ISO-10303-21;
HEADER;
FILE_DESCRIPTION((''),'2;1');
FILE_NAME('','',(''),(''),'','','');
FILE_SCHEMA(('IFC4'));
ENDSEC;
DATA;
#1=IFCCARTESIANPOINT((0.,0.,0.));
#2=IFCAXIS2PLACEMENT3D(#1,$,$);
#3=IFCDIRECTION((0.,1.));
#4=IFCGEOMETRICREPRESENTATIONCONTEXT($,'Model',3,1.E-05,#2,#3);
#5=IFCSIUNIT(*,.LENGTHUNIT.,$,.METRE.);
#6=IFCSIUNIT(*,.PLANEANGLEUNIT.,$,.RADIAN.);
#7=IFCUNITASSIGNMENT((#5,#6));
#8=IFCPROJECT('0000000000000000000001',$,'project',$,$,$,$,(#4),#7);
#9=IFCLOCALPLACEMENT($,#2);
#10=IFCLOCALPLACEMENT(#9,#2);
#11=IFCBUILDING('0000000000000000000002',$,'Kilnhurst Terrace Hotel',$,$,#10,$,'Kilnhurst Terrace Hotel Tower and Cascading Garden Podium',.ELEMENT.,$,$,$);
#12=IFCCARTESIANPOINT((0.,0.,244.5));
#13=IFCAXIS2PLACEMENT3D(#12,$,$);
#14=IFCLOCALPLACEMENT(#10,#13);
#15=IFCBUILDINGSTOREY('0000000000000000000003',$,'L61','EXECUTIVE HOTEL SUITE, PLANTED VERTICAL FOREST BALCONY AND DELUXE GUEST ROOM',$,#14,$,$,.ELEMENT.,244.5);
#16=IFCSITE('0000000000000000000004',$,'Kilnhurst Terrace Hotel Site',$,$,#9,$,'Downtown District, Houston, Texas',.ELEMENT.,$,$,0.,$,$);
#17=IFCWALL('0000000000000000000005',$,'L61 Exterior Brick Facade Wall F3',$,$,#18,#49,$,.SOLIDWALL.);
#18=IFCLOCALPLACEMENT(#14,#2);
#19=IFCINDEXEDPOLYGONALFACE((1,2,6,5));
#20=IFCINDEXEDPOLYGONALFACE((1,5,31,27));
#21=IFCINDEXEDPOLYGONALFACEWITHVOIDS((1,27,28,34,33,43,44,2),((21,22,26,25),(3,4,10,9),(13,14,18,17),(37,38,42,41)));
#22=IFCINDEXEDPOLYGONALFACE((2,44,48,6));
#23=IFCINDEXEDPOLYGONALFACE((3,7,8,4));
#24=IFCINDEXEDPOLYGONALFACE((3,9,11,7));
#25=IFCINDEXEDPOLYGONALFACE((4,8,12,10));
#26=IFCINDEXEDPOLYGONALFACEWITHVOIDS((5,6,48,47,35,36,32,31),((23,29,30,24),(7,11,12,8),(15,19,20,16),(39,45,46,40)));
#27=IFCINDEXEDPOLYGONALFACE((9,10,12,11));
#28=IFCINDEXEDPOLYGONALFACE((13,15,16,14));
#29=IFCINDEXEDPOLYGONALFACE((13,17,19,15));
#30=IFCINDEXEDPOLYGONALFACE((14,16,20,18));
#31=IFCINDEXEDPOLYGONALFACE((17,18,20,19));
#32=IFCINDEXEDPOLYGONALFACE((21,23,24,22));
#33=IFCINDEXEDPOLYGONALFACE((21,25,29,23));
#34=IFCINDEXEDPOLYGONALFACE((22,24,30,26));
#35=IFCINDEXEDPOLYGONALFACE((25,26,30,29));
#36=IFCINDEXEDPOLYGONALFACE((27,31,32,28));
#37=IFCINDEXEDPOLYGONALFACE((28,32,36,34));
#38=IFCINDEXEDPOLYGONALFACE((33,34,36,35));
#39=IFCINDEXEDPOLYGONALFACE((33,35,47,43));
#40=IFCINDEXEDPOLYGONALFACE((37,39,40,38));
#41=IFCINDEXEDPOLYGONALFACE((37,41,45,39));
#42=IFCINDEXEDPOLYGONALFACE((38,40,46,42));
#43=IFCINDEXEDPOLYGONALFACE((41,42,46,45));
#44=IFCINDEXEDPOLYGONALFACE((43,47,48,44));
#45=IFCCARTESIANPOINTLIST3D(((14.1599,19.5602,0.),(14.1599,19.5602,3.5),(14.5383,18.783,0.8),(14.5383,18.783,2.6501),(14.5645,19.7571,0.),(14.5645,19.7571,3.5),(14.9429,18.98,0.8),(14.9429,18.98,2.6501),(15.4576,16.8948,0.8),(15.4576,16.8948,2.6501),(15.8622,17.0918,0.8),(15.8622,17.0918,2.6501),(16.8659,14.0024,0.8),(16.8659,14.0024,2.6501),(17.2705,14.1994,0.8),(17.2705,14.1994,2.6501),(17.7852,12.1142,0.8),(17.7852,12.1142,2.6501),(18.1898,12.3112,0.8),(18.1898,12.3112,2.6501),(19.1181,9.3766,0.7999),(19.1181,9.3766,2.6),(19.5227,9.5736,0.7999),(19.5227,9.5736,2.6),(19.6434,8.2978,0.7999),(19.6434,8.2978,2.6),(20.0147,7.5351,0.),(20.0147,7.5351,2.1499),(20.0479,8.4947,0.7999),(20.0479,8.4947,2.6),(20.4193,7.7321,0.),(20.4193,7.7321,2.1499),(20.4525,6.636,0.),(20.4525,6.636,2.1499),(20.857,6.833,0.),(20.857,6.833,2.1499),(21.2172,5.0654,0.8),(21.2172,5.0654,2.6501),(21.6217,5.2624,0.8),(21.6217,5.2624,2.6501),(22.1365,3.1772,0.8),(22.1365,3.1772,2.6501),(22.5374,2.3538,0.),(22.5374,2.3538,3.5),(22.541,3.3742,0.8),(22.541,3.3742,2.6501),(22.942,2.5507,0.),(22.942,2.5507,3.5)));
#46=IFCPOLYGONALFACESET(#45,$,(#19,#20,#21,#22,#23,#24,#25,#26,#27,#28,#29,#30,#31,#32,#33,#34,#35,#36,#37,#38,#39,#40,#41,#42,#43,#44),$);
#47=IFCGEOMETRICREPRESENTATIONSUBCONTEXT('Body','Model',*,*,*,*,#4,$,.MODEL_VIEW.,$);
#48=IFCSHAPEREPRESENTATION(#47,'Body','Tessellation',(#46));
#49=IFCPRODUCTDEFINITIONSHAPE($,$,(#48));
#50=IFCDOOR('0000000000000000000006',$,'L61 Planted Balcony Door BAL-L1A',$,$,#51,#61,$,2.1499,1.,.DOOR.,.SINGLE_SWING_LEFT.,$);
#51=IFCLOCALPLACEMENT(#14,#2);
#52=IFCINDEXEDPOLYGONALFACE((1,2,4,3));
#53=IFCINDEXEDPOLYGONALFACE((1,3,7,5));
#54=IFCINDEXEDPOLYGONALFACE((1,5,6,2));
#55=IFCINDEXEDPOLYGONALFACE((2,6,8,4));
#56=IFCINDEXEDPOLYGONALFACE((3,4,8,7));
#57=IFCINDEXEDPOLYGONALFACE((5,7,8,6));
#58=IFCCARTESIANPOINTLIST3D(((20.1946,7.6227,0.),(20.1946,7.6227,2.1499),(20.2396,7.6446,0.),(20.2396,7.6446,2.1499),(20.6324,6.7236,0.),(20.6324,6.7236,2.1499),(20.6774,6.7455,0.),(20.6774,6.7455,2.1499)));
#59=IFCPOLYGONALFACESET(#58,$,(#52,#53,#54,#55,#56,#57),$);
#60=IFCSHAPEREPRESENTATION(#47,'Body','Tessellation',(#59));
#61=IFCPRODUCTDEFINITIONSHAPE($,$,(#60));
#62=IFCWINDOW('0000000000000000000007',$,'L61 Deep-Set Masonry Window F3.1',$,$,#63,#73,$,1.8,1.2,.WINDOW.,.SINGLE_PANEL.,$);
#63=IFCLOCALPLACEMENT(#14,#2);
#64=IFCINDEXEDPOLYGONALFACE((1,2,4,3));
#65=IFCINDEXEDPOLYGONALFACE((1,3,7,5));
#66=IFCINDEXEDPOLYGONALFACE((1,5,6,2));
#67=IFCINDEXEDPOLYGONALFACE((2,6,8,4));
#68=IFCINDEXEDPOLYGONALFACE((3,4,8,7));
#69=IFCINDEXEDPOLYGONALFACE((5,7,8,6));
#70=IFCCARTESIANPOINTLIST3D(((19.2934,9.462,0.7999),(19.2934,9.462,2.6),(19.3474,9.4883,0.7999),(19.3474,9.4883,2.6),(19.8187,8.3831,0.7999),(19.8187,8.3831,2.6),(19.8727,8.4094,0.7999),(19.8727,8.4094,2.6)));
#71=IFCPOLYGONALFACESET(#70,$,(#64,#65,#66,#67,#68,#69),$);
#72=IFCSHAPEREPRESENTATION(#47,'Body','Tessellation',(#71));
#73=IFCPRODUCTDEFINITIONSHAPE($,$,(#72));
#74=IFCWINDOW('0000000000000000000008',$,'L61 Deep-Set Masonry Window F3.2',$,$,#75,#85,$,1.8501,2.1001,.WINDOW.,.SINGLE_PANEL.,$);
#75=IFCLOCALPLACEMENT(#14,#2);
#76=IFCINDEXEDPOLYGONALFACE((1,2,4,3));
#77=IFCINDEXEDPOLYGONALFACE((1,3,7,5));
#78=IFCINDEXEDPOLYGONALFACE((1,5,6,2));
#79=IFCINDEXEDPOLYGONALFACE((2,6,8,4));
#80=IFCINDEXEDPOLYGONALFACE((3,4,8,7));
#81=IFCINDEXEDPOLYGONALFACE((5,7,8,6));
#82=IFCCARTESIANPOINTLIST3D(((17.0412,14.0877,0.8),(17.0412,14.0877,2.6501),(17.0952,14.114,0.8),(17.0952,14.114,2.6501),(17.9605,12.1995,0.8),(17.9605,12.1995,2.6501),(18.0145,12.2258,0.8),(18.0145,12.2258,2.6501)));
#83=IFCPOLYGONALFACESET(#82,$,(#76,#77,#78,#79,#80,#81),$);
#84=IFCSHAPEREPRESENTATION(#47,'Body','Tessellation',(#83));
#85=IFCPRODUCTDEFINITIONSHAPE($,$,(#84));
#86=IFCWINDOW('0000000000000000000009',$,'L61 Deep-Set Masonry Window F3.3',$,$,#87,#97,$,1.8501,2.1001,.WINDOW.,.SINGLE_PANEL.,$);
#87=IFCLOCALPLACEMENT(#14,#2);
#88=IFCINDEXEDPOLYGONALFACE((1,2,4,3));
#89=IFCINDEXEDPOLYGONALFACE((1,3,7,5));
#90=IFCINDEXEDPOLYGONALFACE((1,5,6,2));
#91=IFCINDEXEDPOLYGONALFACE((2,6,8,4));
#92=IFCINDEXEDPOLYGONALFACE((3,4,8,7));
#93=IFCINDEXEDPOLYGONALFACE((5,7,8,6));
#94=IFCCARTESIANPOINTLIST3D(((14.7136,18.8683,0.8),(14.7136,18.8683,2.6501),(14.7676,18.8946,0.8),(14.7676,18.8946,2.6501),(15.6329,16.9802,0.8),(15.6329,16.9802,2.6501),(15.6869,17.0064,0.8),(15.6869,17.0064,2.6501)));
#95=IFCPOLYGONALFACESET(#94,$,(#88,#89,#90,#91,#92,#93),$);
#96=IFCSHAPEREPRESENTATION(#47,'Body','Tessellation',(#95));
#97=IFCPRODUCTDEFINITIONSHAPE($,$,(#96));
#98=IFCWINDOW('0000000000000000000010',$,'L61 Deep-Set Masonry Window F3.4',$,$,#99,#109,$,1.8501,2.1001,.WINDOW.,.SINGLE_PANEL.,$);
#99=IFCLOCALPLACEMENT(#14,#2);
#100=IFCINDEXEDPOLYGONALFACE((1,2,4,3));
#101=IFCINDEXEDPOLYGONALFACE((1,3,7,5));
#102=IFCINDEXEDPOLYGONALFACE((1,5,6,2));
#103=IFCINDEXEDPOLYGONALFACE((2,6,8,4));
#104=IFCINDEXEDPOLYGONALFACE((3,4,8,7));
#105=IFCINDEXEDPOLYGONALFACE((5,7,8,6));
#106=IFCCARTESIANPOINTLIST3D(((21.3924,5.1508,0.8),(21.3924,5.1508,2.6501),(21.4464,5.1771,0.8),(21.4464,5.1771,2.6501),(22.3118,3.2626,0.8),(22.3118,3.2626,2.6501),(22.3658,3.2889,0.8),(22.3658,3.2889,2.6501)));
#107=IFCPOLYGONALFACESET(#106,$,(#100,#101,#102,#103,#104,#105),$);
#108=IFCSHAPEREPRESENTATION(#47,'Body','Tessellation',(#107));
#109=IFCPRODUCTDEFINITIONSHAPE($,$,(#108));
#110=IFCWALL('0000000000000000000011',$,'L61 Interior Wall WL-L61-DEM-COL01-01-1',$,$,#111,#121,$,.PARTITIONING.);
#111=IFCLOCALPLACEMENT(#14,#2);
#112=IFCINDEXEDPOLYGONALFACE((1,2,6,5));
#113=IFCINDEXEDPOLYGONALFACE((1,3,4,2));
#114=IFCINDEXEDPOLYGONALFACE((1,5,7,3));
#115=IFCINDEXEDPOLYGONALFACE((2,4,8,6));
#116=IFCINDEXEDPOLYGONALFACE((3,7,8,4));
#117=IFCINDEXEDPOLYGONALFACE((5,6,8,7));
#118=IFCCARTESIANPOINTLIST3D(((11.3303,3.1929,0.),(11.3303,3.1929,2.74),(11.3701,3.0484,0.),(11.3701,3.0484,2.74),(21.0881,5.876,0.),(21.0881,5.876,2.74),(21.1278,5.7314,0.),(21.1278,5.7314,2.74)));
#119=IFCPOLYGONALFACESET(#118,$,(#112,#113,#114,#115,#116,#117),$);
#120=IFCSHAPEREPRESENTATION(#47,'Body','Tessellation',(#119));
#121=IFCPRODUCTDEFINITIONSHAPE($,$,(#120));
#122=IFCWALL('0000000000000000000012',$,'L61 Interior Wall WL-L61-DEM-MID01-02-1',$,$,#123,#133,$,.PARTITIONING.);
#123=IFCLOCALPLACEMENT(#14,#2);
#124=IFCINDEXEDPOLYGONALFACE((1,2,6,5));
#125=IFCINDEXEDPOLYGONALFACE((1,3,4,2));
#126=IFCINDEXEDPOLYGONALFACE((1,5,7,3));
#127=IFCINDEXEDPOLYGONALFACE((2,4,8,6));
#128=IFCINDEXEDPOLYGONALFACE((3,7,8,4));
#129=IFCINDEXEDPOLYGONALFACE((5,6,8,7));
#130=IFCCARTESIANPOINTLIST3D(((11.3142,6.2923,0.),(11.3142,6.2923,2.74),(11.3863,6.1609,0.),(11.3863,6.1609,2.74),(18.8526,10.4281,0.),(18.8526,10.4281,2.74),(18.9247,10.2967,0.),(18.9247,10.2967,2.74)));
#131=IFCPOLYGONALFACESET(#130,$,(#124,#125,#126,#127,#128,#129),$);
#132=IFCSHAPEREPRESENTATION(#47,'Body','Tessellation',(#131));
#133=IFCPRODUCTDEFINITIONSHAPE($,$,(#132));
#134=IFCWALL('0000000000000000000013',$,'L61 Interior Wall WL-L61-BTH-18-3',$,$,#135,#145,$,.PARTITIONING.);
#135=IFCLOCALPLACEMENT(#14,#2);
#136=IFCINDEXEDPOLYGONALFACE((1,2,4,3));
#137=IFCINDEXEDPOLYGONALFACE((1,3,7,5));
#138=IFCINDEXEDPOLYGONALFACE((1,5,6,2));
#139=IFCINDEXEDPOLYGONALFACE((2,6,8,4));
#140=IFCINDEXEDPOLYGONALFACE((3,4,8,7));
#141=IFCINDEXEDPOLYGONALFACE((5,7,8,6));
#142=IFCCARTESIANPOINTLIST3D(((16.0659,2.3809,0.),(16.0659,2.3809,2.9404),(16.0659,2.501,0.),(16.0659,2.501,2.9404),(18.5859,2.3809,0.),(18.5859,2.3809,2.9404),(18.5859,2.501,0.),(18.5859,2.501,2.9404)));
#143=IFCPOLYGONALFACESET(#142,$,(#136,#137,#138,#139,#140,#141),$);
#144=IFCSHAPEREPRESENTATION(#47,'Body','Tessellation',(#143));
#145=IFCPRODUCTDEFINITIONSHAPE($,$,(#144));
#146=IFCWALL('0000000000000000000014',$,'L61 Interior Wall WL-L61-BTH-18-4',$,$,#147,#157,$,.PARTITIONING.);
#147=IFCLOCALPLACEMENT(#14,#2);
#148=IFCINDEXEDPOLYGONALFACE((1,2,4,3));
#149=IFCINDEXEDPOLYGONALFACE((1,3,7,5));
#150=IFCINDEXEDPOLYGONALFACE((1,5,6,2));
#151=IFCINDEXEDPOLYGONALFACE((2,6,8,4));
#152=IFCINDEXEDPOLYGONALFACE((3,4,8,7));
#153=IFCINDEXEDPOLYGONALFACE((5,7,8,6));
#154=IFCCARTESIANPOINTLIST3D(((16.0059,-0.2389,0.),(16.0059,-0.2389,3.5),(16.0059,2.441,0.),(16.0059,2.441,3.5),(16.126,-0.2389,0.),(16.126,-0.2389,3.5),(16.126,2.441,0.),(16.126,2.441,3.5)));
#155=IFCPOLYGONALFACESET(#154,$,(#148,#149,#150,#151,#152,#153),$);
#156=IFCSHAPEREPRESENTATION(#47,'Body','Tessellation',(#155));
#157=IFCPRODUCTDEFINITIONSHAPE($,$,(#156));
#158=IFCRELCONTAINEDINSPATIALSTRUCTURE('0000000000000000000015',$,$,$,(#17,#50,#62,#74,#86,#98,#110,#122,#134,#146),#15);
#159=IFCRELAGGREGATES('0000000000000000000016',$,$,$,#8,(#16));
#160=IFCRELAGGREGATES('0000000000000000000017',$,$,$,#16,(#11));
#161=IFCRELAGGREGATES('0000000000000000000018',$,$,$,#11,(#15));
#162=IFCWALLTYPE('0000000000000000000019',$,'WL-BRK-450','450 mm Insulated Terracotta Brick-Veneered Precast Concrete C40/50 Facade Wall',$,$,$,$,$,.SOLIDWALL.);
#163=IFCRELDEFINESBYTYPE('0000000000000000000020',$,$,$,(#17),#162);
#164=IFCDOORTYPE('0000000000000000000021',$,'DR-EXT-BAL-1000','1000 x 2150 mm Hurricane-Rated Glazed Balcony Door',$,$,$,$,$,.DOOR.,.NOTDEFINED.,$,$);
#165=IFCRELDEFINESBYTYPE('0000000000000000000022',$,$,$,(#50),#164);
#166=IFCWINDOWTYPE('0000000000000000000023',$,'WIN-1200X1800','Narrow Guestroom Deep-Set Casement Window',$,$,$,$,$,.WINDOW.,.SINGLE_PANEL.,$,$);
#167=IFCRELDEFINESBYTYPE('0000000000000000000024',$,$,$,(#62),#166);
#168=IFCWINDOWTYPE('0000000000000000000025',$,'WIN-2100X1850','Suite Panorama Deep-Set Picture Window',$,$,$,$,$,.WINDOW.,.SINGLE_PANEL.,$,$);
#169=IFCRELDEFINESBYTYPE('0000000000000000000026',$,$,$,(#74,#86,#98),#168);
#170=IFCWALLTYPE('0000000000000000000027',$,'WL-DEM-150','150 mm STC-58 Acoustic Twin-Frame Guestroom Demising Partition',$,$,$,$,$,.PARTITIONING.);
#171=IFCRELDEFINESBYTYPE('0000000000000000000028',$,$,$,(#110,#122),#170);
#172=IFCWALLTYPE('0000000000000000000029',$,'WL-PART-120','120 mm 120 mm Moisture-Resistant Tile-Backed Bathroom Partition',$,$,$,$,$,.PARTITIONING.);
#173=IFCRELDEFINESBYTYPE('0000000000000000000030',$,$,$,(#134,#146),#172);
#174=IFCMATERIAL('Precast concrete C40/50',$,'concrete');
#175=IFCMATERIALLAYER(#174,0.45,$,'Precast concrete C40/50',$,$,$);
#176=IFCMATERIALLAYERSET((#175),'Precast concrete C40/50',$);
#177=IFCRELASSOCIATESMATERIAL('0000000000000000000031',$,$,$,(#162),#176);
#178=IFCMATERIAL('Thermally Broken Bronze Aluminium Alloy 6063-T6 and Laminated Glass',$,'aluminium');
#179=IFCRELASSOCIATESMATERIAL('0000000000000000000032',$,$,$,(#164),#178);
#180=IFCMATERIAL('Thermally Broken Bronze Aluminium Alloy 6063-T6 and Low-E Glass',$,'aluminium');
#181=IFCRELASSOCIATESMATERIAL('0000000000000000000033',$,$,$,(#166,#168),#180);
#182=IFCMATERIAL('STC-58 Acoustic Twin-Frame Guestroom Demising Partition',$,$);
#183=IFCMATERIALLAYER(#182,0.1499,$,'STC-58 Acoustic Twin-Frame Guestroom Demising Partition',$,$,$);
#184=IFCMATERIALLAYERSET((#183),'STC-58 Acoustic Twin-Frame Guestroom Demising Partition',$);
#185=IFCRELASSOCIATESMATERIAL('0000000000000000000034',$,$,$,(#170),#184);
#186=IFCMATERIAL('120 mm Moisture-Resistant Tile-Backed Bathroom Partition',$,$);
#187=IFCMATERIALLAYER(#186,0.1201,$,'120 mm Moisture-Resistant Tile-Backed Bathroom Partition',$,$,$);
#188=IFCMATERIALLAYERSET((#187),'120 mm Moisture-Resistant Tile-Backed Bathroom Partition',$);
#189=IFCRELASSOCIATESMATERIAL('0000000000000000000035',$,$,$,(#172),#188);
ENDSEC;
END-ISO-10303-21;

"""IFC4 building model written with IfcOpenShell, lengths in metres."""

from ifc_helpers import new_model, si_unit, direction, frame, frame_2d, origin, place, context, subcontext, project, spatial, rectangle, extrude, material, layer, layer_set, type_object, element, fill, save


model = new_model("IFC4")

# Units and contexts
model_context = context("Model", 3, precision=1e-05, world=origin(), true_north=direction((0.0, 1.0)))
body_context = subcontext(model_context, "Body", "Model", "MODEL_VIEW")
ifc_project = project(units=[si_unit("LENGTHUNIT", "METRE"), si_unit("PLANEANGLEUNIT", "RADIAN")], contexts=[model_context])

# Site, building, storey
site_placement = place(None, origin())
site = spatial("IfcSite", under=ifc_project, at=site_placement, Name="Kilnhurst Terrace Hotel Site", LongName="Downtown District, Houston, Texas", CompositionType="ELEMENT", RefElevation=0.0)
building_placement = place(site_placement, origin())
building = spatial("IfcBuilding", under=site, at=building_placement, Name="Kilnhurst Terrace Hotel", LongName="Kilnhurst Terrace Hotel Tower and Cascading Garden Podium", CompositionType="ELEMENT")
storey_placement = place(building_placement, frame((0.0, 0.0, 244.5)))
storey = spatial("IfcBuildingStorey", under=building, at=storey_placement, Name="L61", Description="EXECUTIVE HOTEL SUITE, PLANTED VERTICAL FOREST BALCONY AND DELUXE GUEST ROOM", CompositionType="ELEMENT", Elevation=244.5)

# Shared definitions
ifc_material_1 = material(Name="Precast concrete C40/50", Category="concrete")
ifc_layer_1 = layer(ifc_material_1, 0.45, Name="Precast concrete C40/50")
ifc_layer_set_1 = layer_set([ifc_layer_1], Name="Precast concrete C40/50")
wall_type_1 = type_object("IfcWallType", Name="WL-BRK-450", Description="450 mm Insulated Terracotta Brick-Veneered Precast Concrete C40/50 Facade Wall", PredefinedType="SOLIDWALL", material=ifc_layer_set_1)

# Wall, openings, door, windows
wall_1_placement = place(storey_placement, frame((22.7397, 2.4521, 0.0), z_axis=(0.0, 0.0, 1.0), x_axis=(-0.437753, 0.899095, 0.0)))
wall_1 = element("IfcWall", 1, at=wall_1_placement, inside=storey, type_object=wall_type_1, Name="L61 Exterior Brick Facade Wall F3", PredefinedType="SOLIDWALL", context=body_context, shape_type="SweptSolid", body=[
    extrude(rectangle(XDim=19.1375, YDim=0.45, at=frame_2d((9.5688, 0.0))), origin(), (0.0, 0.0, 1.0), 3.5),
])
opening_1_placement = place(wall_1_placement, frame((4.7629, 0.0, 0.0)))
opening_1 = element("IfcOpeningElement", 2, at=opening_1_placement, cuts=wall_1, PredefinedType="OPENING", context=body_context, shape_type="SweptSolid", body=[
    extrude(rectangle(XDim=1.0, YDim=2.1499, at=frame_2d((0.5, 1.075))), frame((0.0, 0.2349, 0.0), z_axis=(0.0, -1.0, 0.0), x_axis=(1.0, 0.0, 0.0)), (0.0, 0.0, 1.0), 0.47),
])
opening_2_placement = place(wall_1_placement, frame((6.6111, 0.0, 0.8)))
opening_2 = element("IfcOpeningElement", 3, at=opening_2_placement, cuts=wall_1, PredefinedType="OPENING", context=body_context, shape_type="SweptSolid", body=[
    extrude(rectangle(XDim=1.2, YDim=1.8, at=frame_2d((0.6001, 0.8999))), frame((0.0, 0.2349, 0.0), z_axis=(0.0, -1.0, 0.0), x_axis=(1.0, 0.0, 0.0)), (0.0, 0.0, 1.0), 0.47),
])
opening_3_placement = place(wall_1_placement, frame((10.856, 0.0, 0.8)))
opening_3 = element("IfcOpeningElement", 4, at=opening_3_placement, cuts=wall_1, PredefinedType="OPENING", context=body_context, shape_type="SweptSolid", body=[
    extrude(rectangle(XDim=2.1001, YDim=1.8501, at=frame_2d((1.05, 0.925))), frame((0.0, 0.2349, 0.0), z_axis=(0.0, -1.0, 0.0), x_axis=(1.0, 0.0, 0.0)), (0.0, 0.0, 1.0), 0.47),
])
opening_4_placement = place(wall_1_placement, frame((16.1731, 0.0, 0.8)))
opening_4 = element("IfcOpeningElement", 5, at=opening_4_placement, cuts=wall_1, PredefinedType="OPENING", context=body_context, shape_type="SweptSolid", body=[
    extrude(rectangle(XDim=2.1001, YDim=1.8501, at=frame_2d((1.05, 0.925))), frame((0.0, 0.2349, 0.0), z_axis=(0.0, -1.0, 0.0), x_axis=(1.0, 0.0, 0.0)), (0.0, 0.0, 1.0), 0.47),
])
opening_5_placement = place(wall_1_placement, frame((0.916, 0.0, 0.8)))
opening_5 = element("IfcOpeningElement", 6, at=opening_5_placement, cuts=wall_1, PredefinedType="OPENING", context=body_context, shape_type="SweptSolid", body=[
    extrude(rectangle(XDim=2.1001, YDim=1.8501, at=frame_2d((1.05, 0.925))), frame((0.0, 0.2349, 0.0), z_axis=(0.0, -1.0, 0.0), x_axis=(1.0, 0.0, 0.0)), (0.0, 0.0, 1.0), 0.47),
])
ifc_material_2 = material(Name="Thermally Broken Bronze Aluminium Alloy 6063-T6 and Laminated Glass", Category="aluminium")
door_type = type_object("IfcDoorType", Name="DR-EXT-BAL-1000", Description="1000 x 2150 mm Hurricane-Rated Glazed Balcony Door", OperationType="NOTDEFINED", PredefinedType="DOOR", material=ifc_material_2)
door_placement = place(opening_1_placement, origin())
door = element("IfcDoor", 7, at=door_placement, inside=storey, type_object=door_type, Name="L61 Planted Balcony Door BAL-L1A", OperationType="SINGLE_SWING_LEFT", OverallHeight=2.1499, OverallWidth=1.0, PredefinedType="DOOR", context=body_context, shape_type="SweptSolid", body=[
    extrude(rectangle(XDim=1.0, YDim=2.1499, at=frame_2d((0.5, 1.075))), frame((0.0, 0.0249, 0.0), z_axis=(0.0, -1.0, 0.0), x_axis=(1.0, 0.0, 0.0)), (0.0, 0.0, 1.0), 0.05),
])
fill(opening_1, door)
ifc_material_3 = material(Name="Thermally Broken Bronze Aluminium Alloy 6063-T6 and Low-E Glass", Category="aluminium")
window_type_1 = type_object("IfcWindowType", Name="WIN-1200X1800", Description="Narrow Guestroom Deep-Set Casement Window", PartitioningType="SINGLE_PANEL", PredefinedType="WINDOW", material=ifc_material_3)
window_1_placement = place(opening_2_placement, origin())
window_1 = element("IfcWindow", 8, at=window_1_placement, inside=storey, type_object=window_type_1, Name="L61 Deep-Set Masonry Window F3.1", OverallHeight=1.8, OverallWidth=1.2, PartitioningType="SINGLE_PANEL", PredefinedType="WINDOW", context=body_context, shape_type="SweptSolid", body=[
    extrude(rectangle(XDim=1.2, YDim=1.8, at=frame_2d((0.6001, 0.8999))), frame((0.0, 0.03, 0.0), z_axis=(0.0, -1.0, 0.0), x_axis=(1.0, 0.0, 0.0)), (0.0, 0.0, 1.0), 0.0601),
])
fill(opening_2, window_1)
window_type_2 = type_object("IfcWindowType", Name="WIN-2100X1850", Description="Suite Panorama Deep-Set Picture Window", PartitioningType="SINGLE_PANEL", PredefinedType="WINDOW", material=ifc_material_3)
window_2_placement = place(opening_3_placement, origin())
window_2 = element("IfcWindow", 9, at=window_2_placement, inside=storey, type_object=window_type_2, Name="L61 Deep-Set Masonry Window F3.2", OverallHeight=1.8501, OverallWidth=2.1001, PartitioningType="SINGLE_PANEL", PredefinedType="WINDOW", context=body_context, shape_type="SweptSolid", body=[
    extrude(rectangle(XDim=2.1001, YDim=1.8501, at=frame_2d((1.05, 0.925))), frame((0.0, 0.03, 0.0), z_axis=(0.0, -1.0, 0.0), x_axis=(1.0, 0.0, 0.0)), (0.0, 0.0, 1.0), 0.0601),
])
fill(opening_3, window_2)
window_3_placement = place(opening_4_placement, origin())
window_3 = element("IfcWindow", 10, at=window_3_placement, inside=storey, type_object=window_type_2, Name="L61 Deep-Set Masonry Window F3.3", OverallHeight=1.8501, OverallWidth=2.1001, PartitioningType="SINGLE_PANEL", PredefinedType="WINDOW", context=body_context, shape_type="SweptSolid", body=[
    extrude(rectangle(XDim=2.1001, YDim=1.8501, at=frame_2d((1.05, 0.925))), frame((0.0, 0.03, 0.0), z_axis=(0.0, -1.0, 0.0), x_axis=(1.0, 0.0, 0.0)), (0.0, 0.0, 1.0), 0.0601),
])
fill(opening_4, window_3)
window_4_placement = place(opening_5_placement, origin())
window_4 = element("IfcWindow", 11, at=window_4_placement, inside=storey, type_object=window_type_2, Name="L61 Deep-Set Masonry Window F3.4", OverallHeight=1.8501, OverallWidth=2.1001, PartitioningType="SINGLE_PANEL", PredefinedType="WINDOW", context=body_context, shape_type="SweptSolid", body=[
    extrude(rectangle(XDim=2.1001, YDim=1.8501, at=frame_2d((1.05, 0.925))), frame((0.0, 0.03, 0.0), z_axis=(0.0, -1.0, 0.0), x_axis=(1.0, 0.0, 0.0)), (0.0, 0.0, 1.0), 0.0601),
])
fill(opening_5, window_4)

# Walls
ifc_material_4 = material(Name="STC-58 Acoustic Twin-Frame Guestroom Demising Partition")
ifc_layer_2 = layer(ifc_material_4, 0.1499, Name="STC-58 Acoustic Twin-Frame Guestroom Demising Partition")
ifc_layer_set_2 = layer_set([ifc_layer_2], Name="STC-58 Acoustic Twin-Frame Guestroom Demising Partition")
wall_type_2 = type_object("IfcWallType", Name="WL-DEM-150", Description="150 mm STC-58 Acoustic Twin-Frame Guestroom Demising Partition", PredefinedType="PARTITIONING", material=ifc_layer_set_2)
wall_2_placement = place(storey_placement, frame((11.3501, 3.1206, 0.0), z_axis=(0.0, 0.0, 1.0), x_axis=(0.964213, 0.26513, 0.0)))
element("IfcWall", 12, at=wall_2_placement, inside=storey, type_object=wall_type_2, Name="L61 Interior Wall WL-L61-DEM-COL01-01-1", PredefinedType="PARTITIONING", context=body_context, shape_type="SweptSolid", body=[
    extrude(rectangle(XDim=10.1199, YDim=0.1499, at=frame_2d((5.0601, 0.0))), origin(), (0.0, 0.0, 1.0), 2.74),
])
wall_3_placement = place(storey_placement, frame((11.3501, 6.2266, 0.0), z_axis=(0.0, 0.0, 1.0), x_axis=(0.876723, 0.480995, 0.0)))
element("IfcWall", 13, at=wall_3_placement, inside=storey, type_object=wall_type_2, Name="L61 Interior Wall WL-L61-DEM-MID01-02-1", PredefinedType="PARTITIONING", context=body_context, shape_type="SweptSolid", body=[
    extrude(rectangle(XDim=8.5984, YDim=0.1499, at=frame_2d((4.2993, 0.0))), origin(), (0.0, 0.0, 1.0), 2.74),
])
ifc_material_5 = material(Name="120 mm Moisture-Resistant Tile-Backed Bathroom Partition")
ifc_layer_3 = layer(ifc_material_5, 0.1201, Name="120 mm Moisture-Resistant Tile-Backed Bathroom Partition")
ifc_layer_set_3 = layer_set([ifc_layer_3], Name="120 mm Moisture-Resistant Tile-Backed Bathroom Partition")
wall_type_3 = type_object("IfcWallType", Name="WL-PART-120", Description="120 mm 120 mm Moisture-Resistant Tile-Backed Bathroom Partition", PredefinedType="PARTITIONING", material=ifc_layer_set_3)
wall_4_placement = place(storey_placement, frame((18.5859, 2.4409, 0.0), z_axis=(0.0, 0.0, 1.0), x_axis=(-1.0, 0.0, 0.0)))
element("IfcWall", 14, at=wall_4_placement, inside=storey, type_object=wall_type_3, Name="L61 Interior Wall WL-L61-BTH-18-3", PredefinedType="PARTITIONING", context=body_context, shape_type="SweptSolid", body=[
    extrude(rectangle(XDim=2.52, YDim=0.1201, at=frame_2d((1.26, 0.0))), origin(), (0.0, 0.0, 1.0), 2.9404),
])
wall_5_placement = place(storey_placement, frame((16.0659, 2.4409, 0.0), z_axis=(0.0, 0.0, 1.0), x_axis=(0.0, -1.0, 0.0)))
element("IfcWall", 15, at=wall_5_placement, inside=storey, type_object=wall_type_3, Name="L61 Interior Wall WL-L61-BTH-18-4", PredefinedType="PARTITIONING", context=body_context, shape_type="SweptSolid", body=[
    extrude(rectangle(XDim=2.6799, YDim=0.1201, at=frame_2d((1.3398, 0.0))), origin(), (0.0, 0.0, 1.0), 3.5),
])

save(model, "model.ifc")
